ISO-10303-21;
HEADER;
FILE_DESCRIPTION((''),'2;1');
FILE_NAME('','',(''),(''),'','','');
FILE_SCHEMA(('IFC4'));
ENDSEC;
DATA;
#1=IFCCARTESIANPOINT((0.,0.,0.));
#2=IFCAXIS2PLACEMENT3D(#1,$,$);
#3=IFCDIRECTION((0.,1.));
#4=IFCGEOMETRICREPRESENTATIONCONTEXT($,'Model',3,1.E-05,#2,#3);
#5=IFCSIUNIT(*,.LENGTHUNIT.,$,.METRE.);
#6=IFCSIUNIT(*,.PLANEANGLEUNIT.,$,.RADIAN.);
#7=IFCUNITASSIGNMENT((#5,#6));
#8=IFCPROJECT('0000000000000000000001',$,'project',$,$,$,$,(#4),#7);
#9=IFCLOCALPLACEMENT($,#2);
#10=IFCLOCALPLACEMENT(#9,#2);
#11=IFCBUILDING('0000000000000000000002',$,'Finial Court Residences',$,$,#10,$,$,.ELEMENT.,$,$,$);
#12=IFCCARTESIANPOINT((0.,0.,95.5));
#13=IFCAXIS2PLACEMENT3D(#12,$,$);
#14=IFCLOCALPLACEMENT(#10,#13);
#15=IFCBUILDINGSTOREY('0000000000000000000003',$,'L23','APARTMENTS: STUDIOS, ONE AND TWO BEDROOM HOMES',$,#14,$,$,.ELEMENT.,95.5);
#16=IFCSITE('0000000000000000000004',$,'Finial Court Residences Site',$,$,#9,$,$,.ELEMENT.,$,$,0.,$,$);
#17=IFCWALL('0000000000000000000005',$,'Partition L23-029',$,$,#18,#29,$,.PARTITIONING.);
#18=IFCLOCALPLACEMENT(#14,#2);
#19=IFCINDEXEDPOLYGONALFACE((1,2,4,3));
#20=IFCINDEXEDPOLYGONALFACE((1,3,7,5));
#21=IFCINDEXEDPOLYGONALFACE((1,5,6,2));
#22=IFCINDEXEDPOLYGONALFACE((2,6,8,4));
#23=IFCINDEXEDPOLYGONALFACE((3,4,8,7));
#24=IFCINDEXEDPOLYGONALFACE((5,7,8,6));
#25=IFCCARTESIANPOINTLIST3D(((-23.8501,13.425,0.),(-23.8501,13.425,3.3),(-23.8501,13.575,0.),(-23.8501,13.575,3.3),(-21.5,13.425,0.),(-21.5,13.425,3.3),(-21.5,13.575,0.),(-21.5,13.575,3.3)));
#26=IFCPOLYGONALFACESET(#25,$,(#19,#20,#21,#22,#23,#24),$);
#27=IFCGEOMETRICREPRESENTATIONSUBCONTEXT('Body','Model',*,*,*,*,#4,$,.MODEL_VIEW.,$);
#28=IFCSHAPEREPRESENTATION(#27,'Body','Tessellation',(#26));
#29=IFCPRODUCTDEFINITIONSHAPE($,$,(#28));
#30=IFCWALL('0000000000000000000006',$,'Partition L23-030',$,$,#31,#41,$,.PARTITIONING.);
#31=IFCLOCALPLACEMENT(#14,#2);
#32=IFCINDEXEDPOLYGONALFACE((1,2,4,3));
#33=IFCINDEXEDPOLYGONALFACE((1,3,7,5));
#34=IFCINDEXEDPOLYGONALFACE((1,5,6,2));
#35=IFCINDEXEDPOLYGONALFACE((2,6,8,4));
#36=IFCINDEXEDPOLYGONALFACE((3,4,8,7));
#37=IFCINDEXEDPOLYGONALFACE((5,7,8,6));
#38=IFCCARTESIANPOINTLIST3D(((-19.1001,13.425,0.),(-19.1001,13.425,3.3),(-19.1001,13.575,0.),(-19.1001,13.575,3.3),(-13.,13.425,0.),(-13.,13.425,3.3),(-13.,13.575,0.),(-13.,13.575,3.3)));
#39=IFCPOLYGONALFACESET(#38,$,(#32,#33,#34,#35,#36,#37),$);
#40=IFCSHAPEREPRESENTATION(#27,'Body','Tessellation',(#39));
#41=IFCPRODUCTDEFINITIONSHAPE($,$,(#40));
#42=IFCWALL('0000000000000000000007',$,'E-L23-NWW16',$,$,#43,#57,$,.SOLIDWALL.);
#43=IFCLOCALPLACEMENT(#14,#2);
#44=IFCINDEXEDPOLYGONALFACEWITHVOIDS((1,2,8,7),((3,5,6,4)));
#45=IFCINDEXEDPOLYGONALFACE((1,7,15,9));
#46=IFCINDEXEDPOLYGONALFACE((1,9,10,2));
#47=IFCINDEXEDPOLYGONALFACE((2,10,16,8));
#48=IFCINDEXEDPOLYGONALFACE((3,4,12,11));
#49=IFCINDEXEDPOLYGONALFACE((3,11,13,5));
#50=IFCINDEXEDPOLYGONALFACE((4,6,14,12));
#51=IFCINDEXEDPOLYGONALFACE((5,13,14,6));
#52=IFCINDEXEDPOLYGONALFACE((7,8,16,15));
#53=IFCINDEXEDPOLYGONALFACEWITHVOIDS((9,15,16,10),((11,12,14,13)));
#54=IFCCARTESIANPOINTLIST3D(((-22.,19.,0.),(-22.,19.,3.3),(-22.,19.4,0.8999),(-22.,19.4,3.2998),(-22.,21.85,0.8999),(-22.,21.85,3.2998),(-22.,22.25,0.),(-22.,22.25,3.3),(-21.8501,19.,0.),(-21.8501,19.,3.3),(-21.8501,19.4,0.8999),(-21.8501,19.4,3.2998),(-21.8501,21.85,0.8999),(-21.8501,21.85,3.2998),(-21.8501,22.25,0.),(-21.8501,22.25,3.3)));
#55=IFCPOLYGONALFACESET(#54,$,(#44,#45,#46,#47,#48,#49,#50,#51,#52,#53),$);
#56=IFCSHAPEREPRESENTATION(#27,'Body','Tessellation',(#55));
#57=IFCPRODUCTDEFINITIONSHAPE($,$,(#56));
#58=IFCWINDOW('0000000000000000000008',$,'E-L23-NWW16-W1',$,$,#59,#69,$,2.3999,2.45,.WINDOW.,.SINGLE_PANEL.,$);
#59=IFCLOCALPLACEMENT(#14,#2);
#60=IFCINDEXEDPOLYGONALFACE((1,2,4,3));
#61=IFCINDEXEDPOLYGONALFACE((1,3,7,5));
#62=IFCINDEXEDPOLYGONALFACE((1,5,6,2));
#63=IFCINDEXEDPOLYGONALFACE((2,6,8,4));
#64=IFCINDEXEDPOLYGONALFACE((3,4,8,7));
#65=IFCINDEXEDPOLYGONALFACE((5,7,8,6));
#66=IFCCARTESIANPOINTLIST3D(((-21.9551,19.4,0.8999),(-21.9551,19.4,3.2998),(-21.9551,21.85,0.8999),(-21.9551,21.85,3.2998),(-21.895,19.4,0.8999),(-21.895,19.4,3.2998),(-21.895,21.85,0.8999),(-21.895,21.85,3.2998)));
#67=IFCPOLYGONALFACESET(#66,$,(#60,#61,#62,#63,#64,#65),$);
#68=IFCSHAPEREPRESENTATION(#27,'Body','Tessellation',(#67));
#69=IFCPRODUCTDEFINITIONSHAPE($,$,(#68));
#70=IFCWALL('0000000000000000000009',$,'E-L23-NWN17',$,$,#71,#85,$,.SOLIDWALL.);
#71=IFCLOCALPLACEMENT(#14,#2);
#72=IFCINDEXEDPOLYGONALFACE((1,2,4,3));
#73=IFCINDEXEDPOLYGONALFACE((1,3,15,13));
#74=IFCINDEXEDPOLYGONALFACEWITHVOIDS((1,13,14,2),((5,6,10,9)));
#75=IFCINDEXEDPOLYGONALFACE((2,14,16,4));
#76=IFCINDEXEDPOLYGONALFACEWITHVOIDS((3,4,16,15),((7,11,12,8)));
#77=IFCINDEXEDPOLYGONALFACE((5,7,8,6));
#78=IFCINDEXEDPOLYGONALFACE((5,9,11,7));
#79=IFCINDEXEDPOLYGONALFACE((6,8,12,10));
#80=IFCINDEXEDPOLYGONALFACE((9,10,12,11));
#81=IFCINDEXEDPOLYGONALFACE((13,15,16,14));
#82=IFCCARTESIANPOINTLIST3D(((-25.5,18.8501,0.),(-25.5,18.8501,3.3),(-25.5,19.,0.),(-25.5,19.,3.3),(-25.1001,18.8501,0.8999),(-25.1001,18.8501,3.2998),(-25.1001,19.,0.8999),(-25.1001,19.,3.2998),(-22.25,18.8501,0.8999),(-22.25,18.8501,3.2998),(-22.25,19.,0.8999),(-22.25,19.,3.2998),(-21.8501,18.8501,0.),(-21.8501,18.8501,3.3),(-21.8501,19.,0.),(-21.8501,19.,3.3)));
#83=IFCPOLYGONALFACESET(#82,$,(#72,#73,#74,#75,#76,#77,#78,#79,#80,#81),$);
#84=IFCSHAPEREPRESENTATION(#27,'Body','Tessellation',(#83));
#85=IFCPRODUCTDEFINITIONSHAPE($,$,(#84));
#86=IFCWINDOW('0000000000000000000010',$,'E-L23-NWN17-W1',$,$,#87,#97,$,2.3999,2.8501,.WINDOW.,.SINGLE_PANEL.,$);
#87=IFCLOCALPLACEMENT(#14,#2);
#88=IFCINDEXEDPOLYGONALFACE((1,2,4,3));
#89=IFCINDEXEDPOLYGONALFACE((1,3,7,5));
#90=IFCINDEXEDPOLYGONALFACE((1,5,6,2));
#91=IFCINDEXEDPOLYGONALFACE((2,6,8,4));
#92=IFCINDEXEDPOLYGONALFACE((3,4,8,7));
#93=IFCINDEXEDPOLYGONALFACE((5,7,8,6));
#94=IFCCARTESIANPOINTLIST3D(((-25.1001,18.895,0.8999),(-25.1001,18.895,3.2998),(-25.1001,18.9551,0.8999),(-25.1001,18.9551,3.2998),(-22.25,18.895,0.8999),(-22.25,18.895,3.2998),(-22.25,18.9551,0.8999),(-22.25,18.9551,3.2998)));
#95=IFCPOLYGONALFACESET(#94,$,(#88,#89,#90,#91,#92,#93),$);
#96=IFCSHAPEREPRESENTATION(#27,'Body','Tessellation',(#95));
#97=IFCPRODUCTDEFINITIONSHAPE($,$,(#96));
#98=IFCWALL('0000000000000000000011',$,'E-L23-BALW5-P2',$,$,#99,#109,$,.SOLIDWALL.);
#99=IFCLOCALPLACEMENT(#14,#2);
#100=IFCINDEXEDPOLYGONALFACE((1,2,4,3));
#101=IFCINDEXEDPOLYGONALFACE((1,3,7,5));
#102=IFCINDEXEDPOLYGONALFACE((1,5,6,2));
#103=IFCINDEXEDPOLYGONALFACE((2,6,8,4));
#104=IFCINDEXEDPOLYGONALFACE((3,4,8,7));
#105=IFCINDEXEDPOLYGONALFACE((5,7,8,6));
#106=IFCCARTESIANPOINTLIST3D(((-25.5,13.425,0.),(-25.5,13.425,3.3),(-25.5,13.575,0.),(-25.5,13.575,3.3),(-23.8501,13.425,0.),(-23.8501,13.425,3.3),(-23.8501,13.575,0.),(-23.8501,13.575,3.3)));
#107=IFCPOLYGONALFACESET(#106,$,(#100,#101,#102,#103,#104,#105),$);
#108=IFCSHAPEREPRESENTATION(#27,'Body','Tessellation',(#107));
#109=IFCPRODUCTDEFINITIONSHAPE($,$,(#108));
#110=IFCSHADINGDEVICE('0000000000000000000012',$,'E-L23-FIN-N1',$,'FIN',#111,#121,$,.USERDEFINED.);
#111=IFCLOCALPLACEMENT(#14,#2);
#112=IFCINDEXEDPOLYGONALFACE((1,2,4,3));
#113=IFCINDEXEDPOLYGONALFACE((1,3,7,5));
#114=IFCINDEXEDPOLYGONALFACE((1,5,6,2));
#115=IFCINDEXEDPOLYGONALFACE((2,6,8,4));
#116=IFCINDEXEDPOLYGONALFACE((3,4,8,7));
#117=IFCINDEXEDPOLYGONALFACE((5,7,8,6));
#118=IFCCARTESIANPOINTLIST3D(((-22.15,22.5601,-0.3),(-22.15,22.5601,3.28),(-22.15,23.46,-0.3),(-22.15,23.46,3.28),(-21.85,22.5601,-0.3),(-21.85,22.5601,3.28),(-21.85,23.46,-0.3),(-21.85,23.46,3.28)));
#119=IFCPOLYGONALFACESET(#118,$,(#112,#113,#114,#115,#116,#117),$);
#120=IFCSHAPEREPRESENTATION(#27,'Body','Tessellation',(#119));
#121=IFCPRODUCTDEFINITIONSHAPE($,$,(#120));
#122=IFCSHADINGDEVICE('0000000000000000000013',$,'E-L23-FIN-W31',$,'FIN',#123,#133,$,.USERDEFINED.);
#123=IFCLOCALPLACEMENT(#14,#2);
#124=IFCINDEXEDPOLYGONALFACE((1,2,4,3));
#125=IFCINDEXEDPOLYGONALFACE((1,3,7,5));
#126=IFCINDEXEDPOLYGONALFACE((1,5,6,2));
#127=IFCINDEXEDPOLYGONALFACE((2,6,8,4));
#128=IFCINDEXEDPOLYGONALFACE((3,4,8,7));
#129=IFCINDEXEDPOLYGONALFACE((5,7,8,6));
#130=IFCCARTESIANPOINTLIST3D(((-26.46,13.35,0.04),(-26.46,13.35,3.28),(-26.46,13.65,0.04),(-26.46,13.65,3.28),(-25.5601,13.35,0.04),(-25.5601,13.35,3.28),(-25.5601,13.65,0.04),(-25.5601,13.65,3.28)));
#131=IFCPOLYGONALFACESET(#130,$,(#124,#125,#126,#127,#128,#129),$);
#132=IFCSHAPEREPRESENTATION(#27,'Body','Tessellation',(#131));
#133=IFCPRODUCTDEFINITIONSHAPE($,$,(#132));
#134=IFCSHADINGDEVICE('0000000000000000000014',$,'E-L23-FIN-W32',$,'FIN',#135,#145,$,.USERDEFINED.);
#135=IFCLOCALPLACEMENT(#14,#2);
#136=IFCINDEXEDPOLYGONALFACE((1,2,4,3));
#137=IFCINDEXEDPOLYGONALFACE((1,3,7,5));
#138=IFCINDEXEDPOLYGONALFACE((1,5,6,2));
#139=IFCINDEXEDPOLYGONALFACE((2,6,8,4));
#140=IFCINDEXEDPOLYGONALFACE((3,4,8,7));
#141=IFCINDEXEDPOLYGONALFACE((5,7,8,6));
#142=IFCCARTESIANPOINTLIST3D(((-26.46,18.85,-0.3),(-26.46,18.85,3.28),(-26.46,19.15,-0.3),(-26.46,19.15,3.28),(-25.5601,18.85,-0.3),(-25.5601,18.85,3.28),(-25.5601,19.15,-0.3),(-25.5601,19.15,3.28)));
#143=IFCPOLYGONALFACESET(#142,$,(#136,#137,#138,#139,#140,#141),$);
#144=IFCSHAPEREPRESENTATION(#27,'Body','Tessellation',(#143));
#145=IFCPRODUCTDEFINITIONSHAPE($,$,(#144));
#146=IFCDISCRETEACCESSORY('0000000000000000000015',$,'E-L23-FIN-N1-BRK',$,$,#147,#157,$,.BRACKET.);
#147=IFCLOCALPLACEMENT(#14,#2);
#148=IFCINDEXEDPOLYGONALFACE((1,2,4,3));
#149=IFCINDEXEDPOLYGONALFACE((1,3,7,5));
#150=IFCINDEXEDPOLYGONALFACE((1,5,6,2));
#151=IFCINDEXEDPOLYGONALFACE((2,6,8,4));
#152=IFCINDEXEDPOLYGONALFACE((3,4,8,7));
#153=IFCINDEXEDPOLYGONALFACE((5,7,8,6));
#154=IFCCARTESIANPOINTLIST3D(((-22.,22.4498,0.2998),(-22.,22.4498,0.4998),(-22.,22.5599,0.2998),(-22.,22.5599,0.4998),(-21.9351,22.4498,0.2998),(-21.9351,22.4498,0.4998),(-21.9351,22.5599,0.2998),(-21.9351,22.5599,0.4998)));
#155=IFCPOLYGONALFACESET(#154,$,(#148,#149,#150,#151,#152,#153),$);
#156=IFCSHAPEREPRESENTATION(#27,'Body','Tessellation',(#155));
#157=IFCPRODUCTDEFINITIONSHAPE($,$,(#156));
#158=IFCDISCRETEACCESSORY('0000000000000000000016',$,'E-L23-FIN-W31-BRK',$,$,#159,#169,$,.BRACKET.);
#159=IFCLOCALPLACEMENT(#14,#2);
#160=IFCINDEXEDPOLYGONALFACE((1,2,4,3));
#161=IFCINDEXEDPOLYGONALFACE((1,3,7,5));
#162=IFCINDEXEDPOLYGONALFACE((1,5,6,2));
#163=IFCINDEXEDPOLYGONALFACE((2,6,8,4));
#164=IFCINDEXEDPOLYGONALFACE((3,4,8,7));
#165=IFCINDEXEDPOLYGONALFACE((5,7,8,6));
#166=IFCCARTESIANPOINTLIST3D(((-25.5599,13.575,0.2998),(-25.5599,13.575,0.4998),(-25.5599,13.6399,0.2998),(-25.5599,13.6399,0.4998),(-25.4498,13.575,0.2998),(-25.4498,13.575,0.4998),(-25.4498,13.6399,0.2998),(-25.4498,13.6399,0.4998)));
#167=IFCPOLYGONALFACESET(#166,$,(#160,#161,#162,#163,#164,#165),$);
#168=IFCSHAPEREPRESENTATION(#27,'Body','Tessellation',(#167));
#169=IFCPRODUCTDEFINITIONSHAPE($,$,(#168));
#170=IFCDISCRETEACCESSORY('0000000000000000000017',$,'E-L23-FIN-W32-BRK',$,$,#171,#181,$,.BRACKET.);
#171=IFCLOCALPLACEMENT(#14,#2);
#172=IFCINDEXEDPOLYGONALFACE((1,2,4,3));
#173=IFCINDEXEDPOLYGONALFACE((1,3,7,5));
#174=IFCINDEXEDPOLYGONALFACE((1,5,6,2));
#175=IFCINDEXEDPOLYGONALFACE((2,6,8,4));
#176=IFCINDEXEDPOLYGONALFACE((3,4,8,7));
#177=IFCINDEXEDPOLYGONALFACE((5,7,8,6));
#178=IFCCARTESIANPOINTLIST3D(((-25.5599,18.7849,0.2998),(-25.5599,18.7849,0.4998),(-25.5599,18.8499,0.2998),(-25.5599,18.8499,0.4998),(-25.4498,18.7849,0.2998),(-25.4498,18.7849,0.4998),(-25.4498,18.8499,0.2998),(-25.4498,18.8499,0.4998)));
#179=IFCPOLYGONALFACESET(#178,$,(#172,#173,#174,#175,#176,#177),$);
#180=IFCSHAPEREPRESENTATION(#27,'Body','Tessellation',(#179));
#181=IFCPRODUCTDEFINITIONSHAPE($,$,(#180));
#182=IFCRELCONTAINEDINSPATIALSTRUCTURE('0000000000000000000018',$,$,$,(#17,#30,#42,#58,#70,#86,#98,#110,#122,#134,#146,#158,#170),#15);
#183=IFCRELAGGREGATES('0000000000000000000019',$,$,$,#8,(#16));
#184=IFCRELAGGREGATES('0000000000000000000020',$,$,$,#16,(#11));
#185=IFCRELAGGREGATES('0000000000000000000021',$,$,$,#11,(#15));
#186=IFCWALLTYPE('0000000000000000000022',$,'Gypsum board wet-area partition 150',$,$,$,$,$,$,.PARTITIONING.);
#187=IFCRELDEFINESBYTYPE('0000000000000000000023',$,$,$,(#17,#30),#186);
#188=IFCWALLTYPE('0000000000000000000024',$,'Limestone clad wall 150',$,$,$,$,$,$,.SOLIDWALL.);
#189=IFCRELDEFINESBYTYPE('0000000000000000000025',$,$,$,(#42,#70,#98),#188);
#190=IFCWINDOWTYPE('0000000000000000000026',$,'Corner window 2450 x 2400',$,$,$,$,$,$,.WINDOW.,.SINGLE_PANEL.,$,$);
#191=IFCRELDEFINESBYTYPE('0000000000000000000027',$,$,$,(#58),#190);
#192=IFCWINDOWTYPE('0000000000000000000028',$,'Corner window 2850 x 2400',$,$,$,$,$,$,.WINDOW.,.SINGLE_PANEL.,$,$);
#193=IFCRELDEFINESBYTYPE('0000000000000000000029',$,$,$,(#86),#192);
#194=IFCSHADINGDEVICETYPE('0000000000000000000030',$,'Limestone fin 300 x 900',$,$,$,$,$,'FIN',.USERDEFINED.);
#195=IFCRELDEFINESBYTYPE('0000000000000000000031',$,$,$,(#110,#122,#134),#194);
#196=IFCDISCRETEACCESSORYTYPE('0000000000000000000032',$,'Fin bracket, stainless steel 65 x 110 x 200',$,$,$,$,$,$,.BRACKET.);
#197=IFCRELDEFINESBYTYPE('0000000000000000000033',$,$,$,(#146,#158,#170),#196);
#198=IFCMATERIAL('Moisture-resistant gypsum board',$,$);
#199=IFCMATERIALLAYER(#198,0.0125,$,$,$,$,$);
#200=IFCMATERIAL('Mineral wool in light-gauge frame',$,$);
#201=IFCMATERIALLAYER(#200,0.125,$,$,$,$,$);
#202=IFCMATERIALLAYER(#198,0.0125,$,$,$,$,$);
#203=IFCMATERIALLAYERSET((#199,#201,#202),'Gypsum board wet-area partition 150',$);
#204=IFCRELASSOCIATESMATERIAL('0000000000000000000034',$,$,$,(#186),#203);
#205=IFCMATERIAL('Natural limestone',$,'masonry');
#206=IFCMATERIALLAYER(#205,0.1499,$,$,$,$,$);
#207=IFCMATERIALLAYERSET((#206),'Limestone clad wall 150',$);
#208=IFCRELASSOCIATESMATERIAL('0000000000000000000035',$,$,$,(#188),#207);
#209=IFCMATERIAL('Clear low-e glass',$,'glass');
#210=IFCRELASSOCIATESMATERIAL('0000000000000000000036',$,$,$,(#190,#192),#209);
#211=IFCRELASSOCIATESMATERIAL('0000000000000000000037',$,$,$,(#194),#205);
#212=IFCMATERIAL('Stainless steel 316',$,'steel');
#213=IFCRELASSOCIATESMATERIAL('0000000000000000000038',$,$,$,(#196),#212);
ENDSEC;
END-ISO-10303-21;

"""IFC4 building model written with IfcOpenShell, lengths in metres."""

from ifc_helpers import new_model, si_unit, direction, frame, frame_2d, origin, origin_2d, place, context, subcontext, project, spatial, rectangle, extrude, material, layer, layer_set, type_object, element, fill, save


model = new_model("IFC4")

# Units and contexts
model_context = context("Model", 3, precision=1e-05, world=origin(), true_north=direction((0.0, 1.0)))
body_context = subcontext(model_context, "Body", "Model", "MODEL_VIEW")
ifc_project = project(units=[si_unit("LENGTHUNIT", "METRE"), si_unit("PLANEANGLEUNIT", "RADIAN")], contexts=[model_context])

# Site, building, storey
site_placement = place(None, origin())
site = spatial("IfcSite", under=ifc_project, at=site_placement, Name="Finial Court Residences Site", CompositionType="ELEMENT", RefElevation=0.0)
building_placement = place(site_placement, origin())
building = spatial("IfcBuilding", under=site, at=building_placement, Name="Finial Court Residences", CompositionType="ELEMENT")
storey_placement = place(building_placement, frame((0.0, 0.0, 95.5)))
storey = spatial("IfcBuildingStorey", under=building, at=storey_placement, Name="L23", Description="APARTMENTS: STUDIOS, ONE AND TWO BEDROOM HOMES", CompositionType="ELEMENT", Elevation=95.5)

# Shared definitions
ifc_material_1 = material(Name="Clear low-e glass", Category="glass")

# Shared definitions
ifc_material_2 = material(Name="Mineral wool in light-gauge frame")

# Walls
ifc_material_3 = material(Name="Moisture-resistant gypsum board")
ifc_layer_1 = layer(ifc_material_3, 0.0125)
ifc_layer_2 = layer(ifc_material_2, 0.125)
ifc_layer_3 = layer(ifc_material_3, 0.0125)
ifc_layer_set_1 = layer_set([ifc_layer_1, ifc_layer_2, ifc_layer_3], Name="Gypsum board wet-area partition 150")
wall_type_1 = type_object("IfcWallType", Name="Gypsum board wet-area partition 150", PredefinedType="PARTITIONING", material=ifc_layer_set_1)
wall_1_placement = place(storey_placement, frame((-23.8501, 13.5, 0.0), z_axis=(0.0, 0.0, 1.0), x_axis=(1.0, 0.0, 0.0)))
element("IfcWall", 1, at=wall_1_placement, inside=storey, type_object=wall_type_1, Name="Partition L23-029", PredefinedType="PARTITIONING", context=body_context, shape_type="SweptSolid", body=[
    extrude(rectangle(XDim=2.3501, YDim=0.1499, at=frame_2d((1.175, 0.0))), origin(), (0.0, 0.0, 1.0), 3.3),
])
wall_2_placement = place(storey_placement, frame((-19.1001, 13.5, 0.0), z_axis=(0.0, 0.0, 1.0), x_axis=(1.0, 0.0, 0.0)))
element("IfcWall", 2, at=wall_2_placement, inside=storey, type_object=wall_type_1, Name="Partition L23-030", PredefinedType="PARTITIONING", context=body_context, shape_type="SweptSolid", body=[
    extrude(rectangle(XDim=6.1001, YDim=0.1499, at=frame_2d((3.05, 0.0))), origin(), (0.0, 0.0, 1.0), 3.3),
])

# Walls, openings, windows
ifc_material_4 = material(Name="Natural limestone", Category="masonry")
ifc_layer_4 = layer(ifc_material_4, 0.1499)
ifc_layer_set_2 = layer_set([ifc_layer_4], Name="Limestone clad wall 150")
wall_type_2 = type_object("IfcWallType", Name="Limestone clad wall 150", PredefinedType="SOLIDWALL", material=ifc_layer_set_2)
wall_3_placement = place(storey_placement, frame((-21.925, 19.0, 0.0), z_axis=(0.0, 0.0, 1.0), x_axis=(0.0, 1.0, 0.0)))
wall_3 = element("IfcWall", 3, at=wall_3_placement, inside=storey, type_object=wall_type_2, Name="E-L23-NWW16", PredefinedType="SOLIDWALL", context=body_context, shape_type="SweptSolid", body=[
    extrude(rectangle(XDim=3.25, YDim=0.1499, at=frame_2d((1.625, 0.0))), origin(), (0.0, 0.0, 1.0), 3.3),
])
opening_1_placement = place(wall_3_placement, frame((0.3999, 0.0, 0.8999)))
opening_1 = element("IfcOpeningElement", 4, at=opening_1_placement, cuts=wall_3, PredefinedType="OPENING", context=body_context, shape_type="SweptSolid", body=[
    extrude(rectangle(XDim=2.45, YDim=2.3999, at=frame_2d((1.2251, 1.2))), frame((0.0, 0.085, 0.0), z_axis=(0.0, -1.0, 0.0), x_axis=(1.0, 0.0, 0.0)), (0.0, 0.0, 1.0), 0.1699),
])
window_type_1 = type_object("IfcWindowType", Name="Corner window 2450 x 2400", PartitioningType="SINGLE_PANEL", PredefinedType="WINDOW", material=ifc_material_1)
window_1_placement = place(opening_1_placement, origin())
window_1 = element("IfcWindow", 5, at=window_1_placement, inside=storey, type_object=window_type_1, Name="E-L23-NWW16-W1", OverallHeight=2.3999, OverallWidth=2.45, PartitioningType="SINGLE_PANEL", PredefinedType="WINDOW", context=body_context, shape_type="SweptSolid", body=[
    extrude(rectangle(XDim=2.45, YDim=2.3999, at=frame_2d((1.2251, 1.2))), frame((0.0, 0.03, 0.0), z_axis=(0.0, -1.0, 0.0), x_axis=(1.0, 0.0, 0.0)), (0.0, 0.0, 1.0), 0.0601),
])
fill(opening_1, window_1)
wall_4_placement = place(storey_placement, frame((-25.5, 18.925, 0.0), z_axis=(0.0, 0.0, 1.0), x_axis=(1.0, 0.0, 0.0)))
wall_4 = element("IfcWall", 6, at=wall_4_placement, inside=storey, type_object=wall_type_2, Name="E-L23-NWN17", PredefinedType="SOLIDWALL", context=body_context, shape_type="SweptSolid", body=[
    extrude(rectangle(XDim=3.6499, YDim=0.1499, at=frame_2d((1.825, 0.0))), origin(), (0.0, 0.0, 1.0), 3.3),
])
opening_2_placement = place(wall_4_placement, frame((0.3999, 0.0, 0.8999)))
opening_2 = element("IfcOpeningElement", 7, at=opening_2_placement, cuts=wall_4, PredefinedType="OPENING", context=body_context, shape_type="SweptSolid", body=[
    extrude(rectangle(XDim=2.8501, YDim=2.3999, at=frame_2d((1.425, 1.2))), frame((0.0, 0.085, 0.0), z_axis=(0.0, -1.0, 0.0), x_axis=(1.0, 0.0, 0.0)), (0.0, 0.0, 1.0), 0.1699),
])
window_type_2 = type_object("IfcWindowType", Name="Corner window 2850 x 2400", PartitioningType="SINGLE_PANEL", PredefinedType="WINDOW", material=ifc_material_1)
window_2_placement = place(opening_2_placement, origin())
window_2 = element("IfcWindow", 8, at=window_2_placement, inside=storey, type_object=window_type_2, Name="E-L23-NWN17-W1", OverallHeight=2.3999, OverallWidth=2.8501, PartitioningType="SINGLE_PANEL", PredefinedType="WINDOW", context=body_context, shape_type="SweptSolid", body=[
    extrude(rectangle(XDim=2.8501, YDim=2.3999, at=frame_2d((1.425, 1.2))), frame((0.0, 0.03, 0.0), z_axis=(0.0, -1.0, 0.0), x_axis=(1.0, 0.0, 0.0)), (0.0, 0.0, 1.0), 0.0601),
])
fill(opening_2, window_2)

# Wall
wall_5_placement = place(storey_placement, frame((-23.8501, 13.5, 0.0), z_axis=(0.0, 0.0, 1.0), x_axis=(-1.0, 0.0, 0.0)))
element("IfcWall", 9, at=wall_5_placement, inside=storey, type_object=wall_type_2, Name="E-L23-BALW5-P2", PredefinedType="SOLIDWALL", context=body_context, shape_type="SweptSolid", body=[
    extrude(rectangle(XDim=1.6499, YDim=0.1499, at=frame_2d((0.825, 0.0))), origin(), (0.0, 0.0, 1.0), 3.3),
])

# Shading devices
shading_device_type = type_object("IfcShadingDeviceType", Name="Limestone fin 300 x 900", ElementType="FIN", PredefinedType="USERDEFINED", material=ifc_material_4)
shading_device_1_placement = place(storey_placement, frame((-22.0, 23.01, -0.3), z_axis=(0.0, 0.0, 1.0), x_axis=(1.0, 0.0, 0.0)))
element("IfcShadingDevice", 10, at=shading_device_1_placement, inside=storey, type_object=shading_device_type, Name="E-L23-FIN-N1", ObjectType="FIN", PredefinedType="USERDEFINED", context=body_context, shape_type="SweptSolid", body=[
    extrude(rectangle(XDim=0.3, YDim=0.8999, at=origin_2d()), origin(), (0.0, 0.0, 1.0), 3.5801),
])
shading_device_2_placement = place(storey_placement, frame((-26.01, 13.5, 0.04), z_axis=(0.0, 0.0, 1.0), x_axis=(1.0, 0.0, 0.0)))
element("IfcShadingDevice", 11, at=shading_device_2_placement, inside=storey, type_object=shading_device_type, Name="E-L23-FIN-W31", ObjectType="FIN", PredefinedType="USERDEFINED", context=body_context, shape_type="SweptSolid", body=[
    extrude(rectangle(XDim=0.8999, YDim=0.3, at=origin_2d()), origin(), (0.0, 0.0, 1.0), 3.24),
])
shading_device_3_placement = place(storey_placement, frame((-26.01, 19.0, -0.3), z_axis=(0.0, 0.0, 1.0), x_axis=(1.0, 0.0, 0.0)))
element("IfcShadingDevice", 12, at=shading_device_3_placement, inside=storey, type_object=shading_device_type, Name="E-L23-FIN-W32", ObjectType="FIN", PredefinedType="USERDEFINED", context=body_context, shape_type="SweptSolid", body=[
    extrude(rectangle(XDim=0.8999, YDim=0.3, at=origin_2d()), origin(), (0.0, 0.0, 1.0), 3.5801),
])

# Discrete accessories
ifc_material_5 = material(Name="Stainless steel 316", Category="steel")
discrete_accessory_type = type_object("IfcDiscreteAccessoryType", Name="Fin bracket, stainless steel 65 x 110 x 200", PredefinedType="BRACKET", material=ifc_material_5)
discrete_accessory_placement = place(storey_placement, frame((-21.9675, 22.5049, 0.2998), z_axis=(0.0, 0.0, 1.0), x_axis=(1.0, 0.0, 0.0)))
element("IfcDiscreteAccessory", 13, at=discrete_accessory_placement, inside=storey, type_object=discrete_accessory_type, Name="E-L23-FIN-N1-BRK", PredefinedType="BRACKET", context=body_context, shape_type="SweptSolid", body=[
    extrude(rectangle(XDim=0.0649, YDim=0.1101, at=origin_2d()), origin(), (0.0, 0.0, 1.0), 0.2),
])
for number, where, z_axis, x_axis, name in (
    (14, (-25.5049, 13.6074, 0.2998), (0.0, 0.0, 1.0), (1.0, 0.0, 0.0), "E-L23-FIN-W31-BRK"),
    (15, (-25.5049, 18.8174, 0.2998), (0.0, 0.0, 1.0), (1.0, 0.0, 0.0), "E-L23-FIN-W32-BRK"),
):
    element("IfcDiscreteAccessory", number, at=place(storey_placement, frame(where, z_axis=z_axis, x_axis=x_axis)), inside=storey, type_object=discrete_accessory_type, Name=name, PredefinedType="BRACKET", context=body_context, shape_type="SweptSolid", body=[
        extrude(rectangle(XDim=0.1101, YDim=0.0649, at=origin_2d()), origin(), (0.0, 0.0, 1.0), 0.2),
    ])

save(model, "model.ifc")
